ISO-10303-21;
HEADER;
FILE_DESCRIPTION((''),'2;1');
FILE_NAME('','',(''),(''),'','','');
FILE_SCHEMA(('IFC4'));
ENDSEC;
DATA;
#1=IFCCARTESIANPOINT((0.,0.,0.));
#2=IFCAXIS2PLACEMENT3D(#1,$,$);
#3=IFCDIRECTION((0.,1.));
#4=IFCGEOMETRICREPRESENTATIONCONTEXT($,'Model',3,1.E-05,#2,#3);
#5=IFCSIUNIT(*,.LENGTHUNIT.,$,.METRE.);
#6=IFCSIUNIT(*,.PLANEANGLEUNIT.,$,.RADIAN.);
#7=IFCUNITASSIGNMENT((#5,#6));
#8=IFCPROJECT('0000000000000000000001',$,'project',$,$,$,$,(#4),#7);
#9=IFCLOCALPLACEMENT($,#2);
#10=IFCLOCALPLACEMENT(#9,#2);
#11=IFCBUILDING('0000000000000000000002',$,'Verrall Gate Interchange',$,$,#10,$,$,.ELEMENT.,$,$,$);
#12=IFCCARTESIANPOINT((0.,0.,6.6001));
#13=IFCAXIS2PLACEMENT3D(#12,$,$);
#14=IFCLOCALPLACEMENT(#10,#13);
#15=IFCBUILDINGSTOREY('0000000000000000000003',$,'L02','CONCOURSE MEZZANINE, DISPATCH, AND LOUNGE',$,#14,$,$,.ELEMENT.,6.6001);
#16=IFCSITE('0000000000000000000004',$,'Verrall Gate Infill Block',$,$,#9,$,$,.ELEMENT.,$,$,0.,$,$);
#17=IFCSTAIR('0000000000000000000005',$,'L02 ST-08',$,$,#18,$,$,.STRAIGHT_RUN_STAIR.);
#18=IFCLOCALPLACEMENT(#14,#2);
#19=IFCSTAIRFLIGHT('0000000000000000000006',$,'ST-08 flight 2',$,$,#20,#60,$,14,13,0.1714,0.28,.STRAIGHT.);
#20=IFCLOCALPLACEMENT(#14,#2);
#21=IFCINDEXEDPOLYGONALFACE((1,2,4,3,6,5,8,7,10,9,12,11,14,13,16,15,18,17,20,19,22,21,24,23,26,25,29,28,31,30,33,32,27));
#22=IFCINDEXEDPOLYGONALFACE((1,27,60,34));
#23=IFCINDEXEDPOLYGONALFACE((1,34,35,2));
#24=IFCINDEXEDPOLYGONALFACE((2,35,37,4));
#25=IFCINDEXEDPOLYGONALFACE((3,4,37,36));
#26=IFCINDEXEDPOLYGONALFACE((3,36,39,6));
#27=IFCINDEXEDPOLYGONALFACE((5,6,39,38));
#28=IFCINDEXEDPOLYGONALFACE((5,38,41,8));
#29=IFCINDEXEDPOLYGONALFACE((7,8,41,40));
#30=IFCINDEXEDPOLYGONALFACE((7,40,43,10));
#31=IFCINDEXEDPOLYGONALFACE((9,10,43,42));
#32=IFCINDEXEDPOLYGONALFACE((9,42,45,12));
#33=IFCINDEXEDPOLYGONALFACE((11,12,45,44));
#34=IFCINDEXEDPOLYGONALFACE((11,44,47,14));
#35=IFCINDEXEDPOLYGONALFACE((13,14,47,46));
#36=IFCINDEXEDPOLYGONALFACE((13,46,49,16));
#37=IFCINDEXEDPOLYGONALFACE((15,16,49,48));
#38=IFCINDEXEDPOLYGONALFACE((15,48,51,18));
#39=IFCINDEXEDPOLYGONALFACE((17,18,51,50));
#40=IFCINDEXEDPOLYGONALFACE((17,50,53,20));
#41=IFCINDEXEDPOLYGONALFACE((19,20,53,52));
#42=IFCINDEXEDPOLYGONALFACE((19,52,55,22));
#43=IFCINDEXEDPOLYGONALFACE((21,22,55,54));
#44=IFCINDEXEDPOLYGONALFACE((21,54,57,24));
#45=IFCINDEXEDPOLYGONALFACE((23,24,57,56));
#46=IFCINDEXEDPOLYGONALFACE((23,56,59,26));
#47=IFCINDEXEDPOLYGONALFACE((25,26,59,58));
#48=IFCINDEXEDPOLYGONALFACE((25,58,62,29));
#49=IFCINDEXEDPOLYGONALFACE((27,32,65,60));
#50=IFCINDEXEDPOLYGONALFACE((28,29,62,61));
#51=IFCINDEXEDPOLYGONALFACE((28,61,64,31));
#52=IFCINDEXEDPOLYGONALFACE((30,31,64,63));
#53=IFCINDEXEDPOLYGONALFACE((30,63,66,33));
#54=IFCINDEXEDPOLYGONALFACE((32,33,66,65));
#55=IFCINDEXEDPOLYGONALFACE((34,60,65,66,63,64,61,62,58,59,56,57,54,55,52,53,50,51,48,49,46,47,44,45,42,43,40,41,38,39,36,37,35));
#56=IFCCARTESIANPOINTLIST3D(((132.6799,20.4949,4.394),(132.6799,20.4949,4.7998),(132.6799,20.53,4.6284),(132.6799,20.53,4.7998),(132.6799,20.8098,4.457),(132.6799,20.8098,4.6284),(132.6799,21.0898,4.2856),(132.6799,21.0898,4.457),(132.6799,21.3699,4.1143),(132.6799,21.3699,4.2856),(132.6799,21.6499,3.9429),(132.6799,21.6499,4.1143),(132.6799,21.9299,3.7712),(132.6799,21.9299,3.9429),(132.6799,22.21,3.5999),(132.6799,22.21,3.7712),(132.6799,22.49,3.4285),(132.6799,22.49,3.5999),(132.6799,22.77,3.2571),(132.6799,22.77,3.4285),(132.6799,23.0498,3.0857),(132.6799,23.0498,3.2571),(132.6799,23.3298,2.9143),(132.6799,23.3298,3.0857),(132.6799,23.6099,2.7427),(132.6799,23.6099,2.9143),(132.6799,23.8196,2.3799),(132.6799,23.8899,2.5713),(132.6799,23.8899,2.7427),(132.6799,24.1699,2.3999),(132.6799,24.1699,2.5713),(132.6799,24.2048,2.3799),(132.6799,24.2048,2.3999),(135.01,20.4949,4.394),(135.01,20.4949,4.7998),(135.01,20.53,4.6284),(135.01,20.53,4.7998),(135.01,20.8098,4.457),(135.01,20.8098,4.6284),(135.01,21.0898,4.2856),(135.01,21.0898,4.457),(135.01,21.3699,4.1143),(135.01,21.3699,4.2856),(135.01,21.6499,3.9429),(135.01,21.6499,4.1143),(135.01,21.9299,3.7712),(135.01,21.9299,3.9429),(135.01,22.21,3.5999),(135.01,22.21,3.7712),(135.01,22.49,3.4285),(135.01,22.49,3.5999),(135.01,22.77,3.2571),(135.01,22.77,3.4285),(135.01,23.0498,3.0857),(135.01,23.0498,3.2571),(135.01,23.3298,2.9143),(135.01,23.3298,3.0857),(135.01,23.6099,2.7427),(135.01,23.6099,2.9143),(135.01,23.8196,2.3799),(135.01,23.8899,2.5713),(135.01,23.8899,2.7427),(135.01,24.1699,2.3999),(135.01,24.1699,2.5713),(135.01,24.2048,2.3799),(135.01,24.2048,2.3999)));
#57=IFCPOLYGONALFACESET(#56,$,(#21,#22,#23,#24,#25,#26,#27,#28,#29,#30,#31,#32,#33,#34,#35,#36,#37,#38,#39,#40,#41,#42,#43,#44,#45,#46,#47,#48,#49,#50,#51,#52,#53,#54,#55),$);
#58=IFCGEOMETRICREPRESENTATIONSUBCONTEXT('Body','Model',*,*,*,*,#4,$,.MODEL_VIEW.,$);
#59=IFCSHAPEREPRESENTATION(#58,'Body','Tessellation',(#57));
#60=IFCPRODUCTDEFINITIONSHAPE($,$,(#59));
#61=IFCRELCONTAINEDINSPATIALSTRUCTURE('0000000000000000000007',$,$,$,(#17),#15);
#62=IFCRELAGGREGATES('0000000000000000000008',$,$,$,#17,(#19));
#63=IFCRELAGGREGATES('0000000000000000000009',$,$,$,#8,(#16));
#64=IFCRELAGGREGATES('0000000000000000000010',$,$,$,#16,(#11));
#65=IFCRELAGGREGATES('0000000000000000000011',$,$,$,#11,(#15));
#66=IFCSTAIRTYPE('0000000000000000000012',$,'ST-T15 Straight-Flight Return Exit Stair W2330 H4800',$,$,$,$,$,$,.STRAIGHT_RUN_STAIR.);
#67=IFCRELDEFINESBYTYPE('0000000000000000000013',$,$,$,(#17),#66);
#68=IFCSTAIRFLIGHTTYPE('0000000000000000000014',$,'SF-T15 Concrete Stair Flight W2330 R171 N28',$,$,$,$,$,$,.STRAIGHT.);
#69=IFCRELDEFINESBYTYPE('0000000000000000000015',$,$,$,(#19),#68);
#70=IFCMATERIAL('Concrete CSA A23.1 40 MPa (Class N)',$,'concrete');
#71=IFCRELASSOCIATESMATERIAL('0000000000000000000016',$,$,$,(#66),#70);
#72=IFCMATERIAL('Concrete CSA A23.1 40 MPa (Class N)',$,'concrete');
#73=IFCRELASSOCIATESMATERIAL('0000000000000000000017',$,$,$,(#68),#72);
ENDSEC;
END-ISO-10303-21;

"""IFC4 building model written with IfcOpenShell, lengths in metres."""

from ifc_helpers import new_model, si_unit, direction, frame, origin, place, context, subcontext, project, spatial, polyline, outline, extrude, material, type_object, element, aggregate, save


model = new_model("IFC4")

# Units and contexts
model_context = context("Model", 3, precision=1e-05, world=origin(), true_north=direction((0.0, 1.0)))
body_context = subcontext(model_context, "Body", "Model", "MODEL_VIEW")
ifc_project = project(units=[si_unit("LENGTHUNIT", "METRE"), si_unit("PLANEANGLEUNIT", "RADIAN")], contexts=[model_context])

# Site, building, storey
site_placement = place(None, origin())
site = spatial("IfcSite", under=ifc_project, at=site_placement, Name="Verrall Gate Infill Block", CompositionType="ELEMENT", RefElevation=0.0)
building_placement = place(site_placement, origin())
building = spatial("IfcBuilding", under=site, at=building_placement, Name="Verrall Gate Interchange", CompositionType="ELEMENT")
storey_placement = place(building_placement, frame((0.0, 0.0, 6.6001)))
storey = spatial("IfcBuildingStorey", under=building, at=storey_placement, Name="L02", Description="CONCOURSE MEZZANINE, DISPATCH, AND LOUNGE", CompositionType="ELEMENT", Elevation=6.6001)

# Stair, stair flight
ifc_material_1 = material(Name="Concrete CSA A23.1 40 MPa (Class N)", Category="concrete")
stair_type = type_object("IfcStairType", Name="ST-T15 Straight-Flight Return Exit Stair W2330 H4800", PredefinedType="STRAIGHT_RUN_STAIR", material=ifc_material_1)
stair_placement = place(storey_placement, origin())
stair = element("IfcStair", 1, at=stair_placement, inside=storey, type_object=stair_type, Name="L02 ST-08", PredefinedType="STRAIGHT_RUN_STAIR")
ifc_material_2 = material(Name="Concrete CSA A23.1 40 MPa (Class N)", Category="concrete")
stair_flight_type = type_object("IfcStairFlightType", Name="SF-T15 Concrete Stair Flight W2330 R171 N28", PredefinedType="STRAIGHT", material=ifc_material_2)
stair_flight_placement = place(storey_placement, frame((133.845, 24.1699, 2.3999), z_axis=(0.0, 0.0, 1.0), x_axis=(0.0, -1.0, 0.0)))
stair_flight = element("IfcStairFlight", 2, at=stair_flight_placement, type_object=stair_flight_type, Name="ST-08 flight 2", NumberOfRisers=14, NumberOfTreads=13, PredefinedType="STRAIGHT", RiserHeight=0.1714, TreadLength=0.28, context=body_context, shape_type="SweptSolid", body=[
    extrude(outline(polyline([(-0.0349, -0.02), (-0.0349, 0.0), (0.0, 0.0), (0.0, 0.1714), (0.28, 0.1714), (0.28, 0.3428), (0.5601, 0.3428), (0.5601, 0.5144), (0.8401, 0.5144), (0.8401, 0.6858), (1.1201, 0.6858), (1.1201, 0.8572), (1.3999, 0.8572), (1.3999, 1.0286), (1.6799, 1.0286), (1.6799, 1.2), (1.96, 1.2), (1.96, 1.3713), (2.24, 1.3713), (2.24, 1.543), (2.52, 1.543), (2.52, 1.7144), (2.8, 1.7144), (2.8, 1.8857), (3.0801, 1.8857), (3.0801, 2.0571), (3.3601, 2.0571), (3.3601, 2.2285), (3.6399, 2.2285), (3.6399, 2.3999), (3.675, 2.3999), (3.675, 1.9941), (0.3503, -0.02), (-0.0349, -0.02)])), frame((0.0, 1.165, 0.0), z_axis=(0.0, -1.0, 0.0), x_axis=(1.0, 0.0, 0.0)), (0.0, 0.0, 1.0), 2.3301),
])
aggregate(stair, [stair_flight])

save(model, "model.ifc")
